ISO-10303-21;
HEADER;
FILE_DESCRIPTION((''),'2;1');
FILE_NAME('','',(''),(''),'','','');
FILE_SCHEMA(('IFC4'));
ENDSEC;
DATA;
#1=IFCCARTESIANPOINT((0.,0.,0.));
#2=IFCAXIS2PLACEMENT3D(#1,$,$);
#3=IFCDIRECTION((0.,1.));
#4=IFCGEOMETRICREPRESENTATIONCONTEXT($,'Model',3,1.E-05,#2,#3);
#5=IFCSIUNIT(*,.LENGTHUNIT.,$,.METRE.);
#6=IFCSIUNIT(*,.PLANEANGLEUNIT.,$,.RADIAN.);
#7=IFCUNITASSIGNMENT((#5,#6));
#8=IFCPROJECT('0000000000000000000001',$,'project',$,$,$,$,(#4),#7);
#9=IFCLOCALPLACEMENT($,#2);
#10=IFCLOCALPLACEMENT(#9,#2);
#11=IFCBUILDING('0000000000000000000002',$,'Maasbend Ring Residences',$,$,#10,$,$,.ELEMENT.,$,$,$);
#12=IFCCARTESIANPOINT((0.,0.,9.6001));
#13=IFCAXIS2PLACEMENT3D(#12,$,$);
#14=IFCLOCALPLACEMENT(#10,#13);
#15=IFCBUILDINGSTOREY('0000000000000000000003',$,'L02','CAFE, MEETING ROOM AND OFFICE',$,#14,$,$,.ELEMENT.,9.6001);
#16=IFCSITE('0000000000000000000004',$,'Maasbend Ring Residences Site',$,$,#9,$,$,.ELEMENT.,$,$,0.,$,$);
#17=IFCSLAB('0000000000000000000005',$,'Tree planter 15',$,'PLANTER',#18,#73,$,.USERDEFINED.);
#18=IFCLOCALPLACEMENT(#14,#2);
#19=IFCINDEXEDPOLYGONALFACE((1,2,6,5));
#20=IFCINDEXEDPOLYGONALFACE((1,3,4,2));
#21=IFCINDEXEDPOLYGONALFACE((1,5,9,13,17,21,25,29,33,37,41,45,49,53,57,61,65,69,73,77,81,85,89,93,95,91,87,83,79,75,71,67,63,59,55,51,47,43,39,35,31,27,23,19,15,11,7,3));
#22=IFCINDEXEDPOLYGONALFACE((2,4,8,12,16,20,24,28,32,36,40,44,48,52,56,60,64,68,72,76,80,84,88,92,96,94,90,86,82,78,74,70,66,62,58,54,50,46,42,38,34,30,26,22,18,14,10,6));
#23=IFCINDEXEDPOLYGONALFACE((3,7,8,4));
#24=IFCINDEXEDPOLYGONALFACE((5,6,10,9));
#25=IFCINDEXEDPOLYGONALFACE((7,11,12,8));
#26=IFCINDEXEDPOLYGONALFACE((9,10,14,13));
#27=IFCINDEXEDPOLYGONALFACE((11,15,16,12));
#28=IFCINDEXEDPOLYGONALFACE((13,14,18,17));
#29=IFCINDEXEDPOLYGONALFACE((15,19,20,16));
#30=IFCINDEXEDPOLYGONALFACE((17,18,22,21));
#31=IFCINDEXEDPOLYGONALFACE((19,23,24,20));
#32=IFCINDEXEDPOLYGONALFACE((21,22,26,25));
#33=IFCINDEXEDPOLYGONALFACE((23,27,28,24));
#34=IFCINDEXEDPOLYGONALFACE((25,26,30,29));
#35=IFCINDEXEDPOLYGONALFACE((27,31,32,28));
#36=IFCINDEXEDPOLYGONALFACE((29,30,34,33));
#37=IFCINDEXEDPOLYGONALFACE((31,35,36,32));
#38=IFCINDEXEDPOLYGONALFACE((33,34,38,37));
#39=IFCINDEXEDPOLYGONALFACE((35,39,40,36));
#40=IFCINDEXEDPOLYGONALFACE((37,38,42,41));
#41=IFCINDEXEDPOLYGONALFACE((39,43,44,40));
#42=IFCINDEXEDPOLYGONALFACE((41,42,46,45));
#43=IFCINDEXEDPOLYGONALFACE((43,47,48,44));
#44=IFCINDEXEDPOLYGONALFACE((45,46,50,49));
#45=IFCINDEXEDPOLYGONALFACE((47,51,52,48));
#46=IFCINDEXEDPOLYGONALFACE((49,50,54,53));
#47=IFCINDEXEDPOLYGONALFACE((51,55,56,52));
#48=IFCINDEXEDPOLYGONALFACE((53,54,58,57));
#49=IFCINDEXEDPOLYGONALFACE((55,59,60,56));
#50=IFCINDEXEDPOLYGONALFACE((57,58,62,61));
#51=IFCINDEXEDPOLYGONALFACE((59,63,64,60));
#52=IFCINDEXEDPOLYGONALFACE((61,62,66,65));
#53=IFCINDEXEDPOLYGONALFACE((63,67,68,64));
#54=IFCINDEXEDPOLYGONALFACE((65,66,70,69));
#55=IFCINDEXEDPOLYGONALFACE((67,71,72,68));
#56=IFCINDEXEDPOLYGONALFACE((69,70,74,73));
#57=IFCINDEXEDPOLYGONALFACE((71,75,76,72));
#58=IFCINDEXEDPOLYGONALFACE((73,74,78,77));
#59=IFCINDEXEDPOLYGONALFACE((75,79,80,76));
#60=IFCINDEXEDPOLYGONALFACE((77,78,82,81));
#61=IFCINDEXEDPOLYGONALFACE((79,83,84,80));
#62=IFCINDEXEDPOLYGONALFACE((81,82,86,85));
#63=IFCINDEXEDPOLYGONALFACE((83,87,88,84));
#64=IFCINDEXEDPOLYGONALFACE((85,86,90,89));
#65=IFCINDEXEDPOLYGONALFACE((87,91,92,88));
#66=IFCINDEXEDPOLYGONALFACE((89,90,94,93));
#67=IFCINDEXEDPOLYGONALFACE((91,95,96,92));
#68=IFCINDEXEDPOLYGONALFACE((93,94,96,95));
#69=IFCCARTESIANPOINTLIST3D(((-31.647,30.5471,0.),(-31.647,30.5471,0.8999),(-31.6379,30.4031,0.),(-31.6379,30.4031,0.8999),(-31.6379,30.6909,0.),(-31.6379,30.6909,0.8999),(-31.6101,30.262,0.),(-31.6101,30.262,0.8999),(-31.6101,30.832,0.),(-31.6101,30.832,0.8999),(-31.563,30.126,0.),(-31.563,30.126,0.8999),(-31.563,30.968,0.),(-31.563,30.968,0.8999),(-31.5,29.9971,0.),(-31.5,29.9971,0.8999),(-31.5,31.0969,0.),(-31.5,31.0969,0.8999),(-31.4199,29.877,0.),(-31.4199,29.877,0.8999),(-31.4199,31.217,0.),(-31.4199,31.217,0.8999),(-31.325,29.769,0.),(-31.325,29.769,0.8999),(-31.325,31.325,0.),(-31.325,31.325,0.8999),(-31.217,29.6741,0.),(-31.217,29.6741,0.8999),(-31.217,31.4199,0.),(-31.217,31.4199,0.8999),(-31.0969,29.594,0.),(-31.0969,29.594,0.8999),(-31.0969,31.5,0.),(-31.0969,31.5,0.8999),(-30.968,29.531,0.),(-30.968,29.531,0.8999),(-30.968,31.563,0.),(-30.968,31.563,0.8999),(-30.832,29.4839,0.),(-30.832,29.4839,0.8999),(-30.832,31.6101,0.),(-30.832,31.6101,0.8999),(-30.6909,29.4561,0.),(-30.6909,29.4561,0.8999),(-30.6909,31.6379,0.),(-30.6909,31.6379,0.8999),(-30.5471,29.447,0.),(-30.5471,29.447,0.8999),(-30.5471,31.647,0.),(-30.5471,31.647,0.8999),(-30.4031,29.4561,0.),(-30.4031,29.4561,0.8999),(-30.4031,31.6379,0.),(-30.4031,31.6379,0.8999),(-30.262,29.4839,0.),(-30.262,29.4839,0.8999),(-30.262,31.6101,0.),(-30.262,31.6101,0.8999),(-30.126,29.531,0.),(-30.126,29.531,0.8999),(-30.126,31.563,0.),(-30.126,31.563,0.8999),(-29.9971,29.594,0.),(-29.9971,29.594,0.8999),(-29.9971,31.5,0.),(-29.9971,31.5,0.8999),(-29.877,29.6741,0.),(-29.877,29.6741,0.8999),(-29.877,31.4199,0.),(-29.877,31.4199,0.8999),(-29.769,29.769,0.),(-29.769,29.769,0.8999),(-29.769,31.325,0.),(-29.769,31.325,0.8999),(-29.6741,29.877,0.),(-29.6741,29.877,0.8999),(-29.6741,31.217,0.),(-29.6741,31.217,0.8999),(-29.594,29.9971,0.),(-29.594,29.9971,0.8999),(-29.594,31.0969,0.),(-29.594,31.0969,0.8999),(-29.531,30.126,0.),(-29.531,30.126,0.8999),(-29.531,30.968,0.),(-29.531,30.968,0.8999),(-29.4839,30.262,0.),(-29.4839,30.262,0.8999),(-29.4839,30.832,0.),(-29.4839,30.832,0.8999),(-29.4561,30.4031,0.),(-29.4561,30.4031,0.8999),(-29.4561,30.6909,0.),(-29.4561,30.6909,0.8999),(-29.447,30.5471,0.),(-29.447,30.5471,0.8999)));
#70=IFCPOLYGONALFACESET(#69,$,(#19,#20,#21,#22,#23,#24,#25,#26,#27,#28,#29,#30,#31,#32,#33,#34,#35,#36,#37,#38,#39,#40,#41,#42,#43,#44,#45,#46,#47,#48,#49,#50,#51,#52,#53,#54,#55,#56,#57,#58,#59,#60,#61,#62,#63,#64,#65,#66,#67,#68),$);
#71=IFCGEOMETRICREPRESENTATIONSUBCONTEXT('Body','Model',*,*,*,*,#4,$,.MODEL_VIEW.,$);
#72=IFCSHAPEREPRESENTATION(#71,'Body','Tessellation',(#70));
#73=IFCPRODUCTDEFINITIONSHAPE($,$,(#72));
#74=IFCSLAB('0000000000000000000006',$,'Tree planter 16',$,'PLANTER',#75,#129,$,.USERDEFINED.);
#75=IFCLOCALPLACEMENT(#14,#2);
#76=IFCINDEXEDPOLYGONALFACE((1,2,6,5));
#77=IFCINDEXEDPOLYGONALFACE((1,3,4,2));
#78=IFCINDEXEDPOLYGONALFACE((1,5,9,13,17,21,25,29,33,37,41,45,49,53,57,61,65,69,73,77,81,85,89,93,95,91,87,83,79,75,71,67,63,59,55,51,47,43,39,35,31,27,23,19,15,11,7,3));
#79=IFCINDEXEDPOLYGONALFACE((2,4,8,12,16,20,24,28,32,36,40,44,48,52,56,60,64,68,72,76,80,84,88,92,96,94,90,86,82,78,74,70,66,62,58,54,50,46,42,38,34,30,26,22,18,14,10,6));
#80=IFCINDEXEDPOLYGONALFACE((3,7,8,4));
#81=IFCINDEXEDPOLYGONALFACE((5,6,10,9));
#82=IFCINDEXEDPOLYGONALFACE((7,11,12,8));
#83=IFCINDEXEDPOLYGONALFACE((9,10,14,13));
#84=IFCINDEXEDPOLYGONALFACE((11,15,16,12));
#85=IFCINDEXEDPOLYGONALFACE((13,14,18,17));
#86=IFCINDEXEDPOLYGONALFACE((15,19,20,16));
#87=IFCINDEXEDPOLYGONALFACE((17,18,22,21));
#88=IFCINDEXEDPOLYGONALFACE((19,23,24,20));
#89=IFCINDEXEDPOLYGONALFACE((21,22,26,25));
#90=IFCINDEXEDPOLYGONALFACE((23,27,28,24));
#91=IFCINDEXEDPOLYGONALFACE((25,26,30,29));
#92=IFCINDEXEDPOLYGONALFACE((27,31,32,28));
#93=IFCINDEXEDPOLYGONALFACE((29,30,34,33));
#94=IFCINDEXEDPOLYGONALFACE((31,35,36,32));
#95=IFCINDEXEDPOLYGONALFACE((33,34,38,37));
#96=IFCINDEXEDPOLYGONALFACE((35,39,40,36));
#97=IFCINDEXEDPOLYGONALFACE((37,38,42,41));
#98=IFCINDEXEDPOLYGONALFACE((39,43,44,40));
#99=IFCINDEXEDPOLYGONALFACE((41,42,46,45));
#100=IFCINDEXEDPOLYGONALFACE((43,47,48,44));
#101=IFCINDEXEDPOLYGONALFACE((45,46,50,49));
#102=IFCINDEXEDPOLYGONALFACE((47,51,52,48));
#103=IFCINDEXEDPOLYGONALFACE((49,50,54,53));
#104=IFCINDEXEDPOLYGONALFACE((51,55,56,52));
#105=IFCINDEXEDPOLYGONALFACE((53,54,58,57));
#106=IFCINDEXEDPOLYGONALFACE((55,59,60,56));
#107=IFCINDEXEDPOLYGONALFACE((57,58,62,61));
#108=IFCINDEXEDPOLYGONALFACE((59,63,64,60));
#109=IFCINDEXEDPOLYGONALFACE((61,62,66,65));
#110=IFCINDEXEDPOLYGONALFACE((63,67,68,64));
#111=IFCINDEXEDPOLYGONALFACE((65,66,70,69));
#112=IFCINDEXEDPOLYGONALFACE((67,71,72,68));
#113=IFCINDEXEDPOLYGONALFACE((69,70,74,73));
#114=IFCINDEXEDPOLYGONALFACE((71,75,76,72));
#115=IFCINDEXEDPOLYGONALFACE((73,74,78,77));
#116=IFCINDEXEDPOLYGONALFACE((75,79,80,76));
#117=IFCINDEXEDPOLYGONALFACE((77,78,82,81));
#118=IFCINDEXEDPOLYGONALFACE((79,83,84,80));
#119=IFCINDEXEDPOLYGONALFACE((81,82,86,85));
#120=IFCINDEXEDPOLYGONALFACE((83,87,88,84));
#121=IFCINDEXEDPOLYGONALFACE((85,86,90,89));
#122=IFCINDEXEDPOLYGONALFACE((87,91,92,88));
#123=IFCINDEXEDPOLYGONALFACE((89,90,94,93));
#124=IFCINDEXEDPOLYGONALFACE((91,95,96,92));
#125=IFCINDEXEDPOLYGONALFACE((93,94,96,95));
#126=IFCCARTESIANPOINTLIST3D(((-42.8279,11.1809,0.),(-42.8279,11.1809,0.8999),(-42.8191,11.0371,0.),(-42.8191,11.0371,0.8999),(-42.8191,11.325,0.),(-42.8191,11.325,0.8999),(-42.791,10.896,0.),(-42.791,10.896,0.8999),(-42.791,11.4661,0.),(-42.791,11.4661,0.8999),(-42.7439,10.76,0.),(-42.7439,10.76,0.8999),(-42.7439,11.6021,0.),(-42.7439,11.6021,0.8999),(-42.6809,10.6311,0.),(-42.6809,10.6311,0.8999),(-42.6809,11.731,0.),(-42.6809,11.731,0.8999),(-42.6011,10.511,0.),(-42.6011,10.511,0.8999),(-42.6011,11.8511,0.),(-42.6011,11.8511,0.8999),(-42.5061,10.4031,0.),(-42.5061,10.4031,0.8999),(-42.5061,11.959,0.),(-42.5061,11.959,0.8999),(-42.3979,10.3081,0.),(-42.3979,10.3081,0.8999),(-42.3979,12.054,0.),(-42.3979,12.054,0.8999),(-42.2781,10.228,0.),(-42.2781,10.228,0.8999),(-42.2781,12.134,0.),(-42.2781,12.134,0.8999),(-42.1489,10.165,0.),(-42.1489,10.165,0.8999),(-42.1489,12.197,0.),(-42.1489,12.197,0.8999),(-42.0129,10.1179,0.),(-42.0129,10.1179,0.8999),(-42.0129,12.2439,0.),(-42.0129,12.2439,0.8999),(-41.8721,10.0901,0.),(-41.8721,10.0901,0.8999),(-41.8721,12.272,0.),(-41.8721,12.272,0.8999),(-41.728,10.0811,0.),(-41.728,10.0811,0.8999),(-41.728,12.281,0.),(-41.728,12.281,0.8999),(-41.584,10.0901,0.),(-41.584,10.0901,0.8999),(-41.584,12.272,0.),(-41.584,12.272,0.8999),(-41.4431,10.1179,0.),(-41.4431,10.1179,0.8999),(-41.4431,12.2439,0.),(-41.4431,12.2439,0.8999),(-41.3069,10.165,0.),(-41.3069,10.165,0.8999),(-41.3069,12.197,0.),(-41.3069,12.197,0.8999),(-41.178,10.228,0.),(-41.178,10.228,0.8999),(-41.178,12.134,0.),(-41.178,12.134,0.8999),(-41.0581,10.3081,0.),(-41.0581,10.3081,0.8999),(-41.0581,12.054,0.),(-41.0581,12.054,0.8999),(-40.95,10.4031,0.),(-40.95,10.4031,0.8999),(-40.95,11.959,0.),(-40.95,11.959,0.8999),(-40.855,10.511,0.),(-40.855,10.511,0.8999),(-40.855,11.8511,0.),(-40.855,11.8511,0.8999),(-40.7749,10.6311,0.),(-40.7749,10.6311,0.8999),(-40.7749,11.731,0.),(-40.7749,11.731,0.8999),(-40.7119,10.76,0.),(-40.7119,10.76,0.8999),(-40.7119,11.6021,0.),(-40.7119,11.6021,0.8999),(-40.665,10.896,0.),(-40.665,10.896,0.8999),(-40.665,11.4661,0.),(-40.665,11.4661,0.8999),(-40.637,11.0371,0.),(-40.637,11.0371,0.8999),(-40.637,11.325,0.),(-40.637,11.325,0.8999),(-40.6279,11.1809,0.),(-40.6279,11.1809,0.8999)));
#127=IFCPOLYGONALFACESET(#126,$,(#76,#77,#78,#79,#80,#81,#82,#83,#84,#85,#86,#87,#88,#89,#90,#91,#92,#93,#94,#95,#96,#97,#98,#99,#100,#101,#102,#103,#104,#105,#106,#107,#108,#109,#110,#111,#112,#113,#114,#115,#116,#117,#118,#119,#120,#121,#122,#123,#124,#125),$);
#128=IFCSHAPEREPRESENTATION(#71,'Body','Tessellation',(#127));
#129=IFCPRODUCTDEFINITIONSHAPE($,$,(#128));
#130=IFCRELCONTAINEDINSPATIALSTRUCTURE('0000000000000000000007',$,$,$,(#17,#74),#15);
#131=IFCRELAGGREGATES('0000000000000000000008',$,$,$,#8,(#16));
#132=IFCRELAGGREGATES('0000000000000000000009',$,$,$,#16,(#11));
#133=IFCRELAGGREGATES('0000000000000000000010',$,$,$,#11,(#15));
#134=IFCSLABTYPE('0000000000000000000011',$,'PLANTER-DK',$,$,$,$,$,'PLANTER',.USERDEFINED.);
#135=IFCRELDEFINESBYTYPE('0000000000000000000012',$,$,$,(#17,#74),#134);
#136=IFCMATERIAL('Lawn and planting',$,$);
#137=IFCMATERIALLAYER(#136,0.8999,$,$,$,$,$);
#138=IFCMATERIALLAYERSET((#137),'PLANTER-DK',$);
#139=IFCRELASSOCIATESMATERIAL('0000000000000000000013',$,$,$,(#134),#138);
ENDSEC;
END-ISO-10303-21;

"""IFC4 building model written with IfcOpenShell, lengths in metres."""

from ifc_helpers import new_model, si_unit, direction, frame, origin, place, context, subcontext, project, spatial, polyline, outline, extrude, material, layer, layer_set, type_object, element, save


model = new_model("IFC4")

# Units and contexts
model_context = context("Model", 3, precision=1e-05, world=origin(), true_north=direction((0.0, 1.0)))
body_context = subcontext(model_context, "Body", "Model", "MODEL_VIEW")
ifc_project = project(units=[si_unit("LENGTHUNIT", "METRE"), si_unit("PLANEANGLEUNIT", "RADIAN")], contexts=[model_context])

# Site, building, storey
site_placement = place(None, origin())
site = spatial("IfcSite", under=ifc_project, at=site_placement, Name="Maasbend Ring Residences Site", CompositionType="ELEMENT", RefElevation=0.0)
building_placement = place(site_placement, origin())
building = spatial("IfcBuilding", under=site, at=building_placement, Name="Maasbend Ring Residences", CompositionType="ELEMENT")
storey_placement = place(building_placement, frame((0.0, 0.0, 9.6001)))
storey = spatial("IfcBuildingStorey", under=building, at=storey_placement, Name="L02", Description="CAFE, MEETING ROOM AND OFFICE", CompositionType="ELEMENT", Elevation=9.6001)

# Slabs
ifc_material_1 = material(Name="Lawn and planting")
ifc_layer_1 = layer(ifc_material_1, 0.8999)
ifc_layer_set_1 = layer_set([ifc_layer_1], Name="PLANTER-DK")
slab_type_1 = type_object("IfcSlabType", Name="PLANTER-DK", ElementType="PLANTER", PredefinedType="USERDEFINED", material=ifc_layer_set_1)
slab_1_placement = place(storey_placement, origin())
element("IfcSlab", 1, at=slab_1_placement, inside=storey, type_object=slab_type_1, Name="Tree planter 15", ObjectType="PLANTER", PredefinedType="USERDEFINED", context=body_context, shape_type="SweptSolid", body=[
    extrude(outline(polyline([(-29.447, 30.5471), (-29.4561, 30.4031), (-29.4839, 30.262), (-29.531, 30.126), (-29.594, 29.9971), (-29.6741, 29.877), (-29.769, 29.769), (-29.877, 29.6741), (-29.9971, 29.594), (-30.126, 29.531), (-30.262, 29.4839), (-30.4031, 29.4561), (-30.5471, 29.447), (-30.6909, 29.4561), (-30.832, 29.4839), (-30.968, 29.531), (-31.0969, 29.594), (-31.217, 29.6741), (-31.325, 29.769), (-31.4199, 29.877), (-31.5, 29.9971), (-31.563, 30.126), (-31.6101, 30.262), (-31.6379, 30.4031), (-31.647, 30.5471), (-31.6379, 30.6909), (-31.6101, 30.832), (-31.563, 30.968), (-31.5, 31.0969), (-31.4199, 31.217), (-31.325, 31.325), (-31.217, 31.4199), (-31.0969, 31.5), (-30.968, 31.563), (-30.832, 31.6101), (-30.6909, 31.6379), (-30.5471, 31.647), (-30.4031, 31.6379), (-30.262, 31.6101), (-30.126, 31.563), (-29.9971, 31.5), (-29.877, 31.4199), (-29.769, 31.325), (-29.6741, 31.217), (-29.594, 31.0969), (-29.531, 30.968), (-29.4839, 30.832), (-29.4561, 30.6909), (-29.447, 30.5471)])), origin(), (0.0, 0.0, 1.0), 0.8999),
])
slab_2_placement = place(storey_placement, origin())
element("IfcSlab", 2, at=slab_2_placement, inside=storey, type_object=slab_type_1, Name="Tree planter 16", ObjectType="PLANTER", PredefinedType="USERDEFINED", context=body_context, shape_type="SweptSolid", body=[
    extrude(outline(polyline([(-40.6279, 11.1809), (-40.637, 11.0371), (-40.665, 10.896), (-40.7119, 10.76), (-40.7749, 10.6311), (-40.855, 10.511), (-40.95, 10.4031), (-41.0581, 10.3081), (-41.178, 10.228), (-41.3069, 10.165), (-41.4431, 10.1179), (-41.584, 10.0901), (-41.728, 10.0811), (-41.8721, 10.0901), (-42.0129, 10.1179), (-42.1489, 10.165), (-42.2781, 10.228), (-42.3979, 10.3081), (-42.5061, 10.4031), (-42.6011, 10.511), (-42.6809, 10.6311), (-42.7439, 10.76), (-42.791, 10.896), (-42.8191, 11.0371), (-42.8279, 11.1809), (-42.8191, 11.325), (-42.791, 11.4661), (-42.7439, 11.6021), (-42.6809, 11.731), (-42.6011, 11.8511), (-42.5061, 11.959), (-42.3979, 12.054), (-42.2781, 12.134), (-42.1489, 12.197), (-42.0129, 12.2439), (-41.8721, 12.272), (-41.728, 12.281), (-41.584, 12.272), (-41.4431, 12.2439), (-41.3069, 12.197), (-41.178, 12.134), (-41.0581, 12.054), (-40.95, 11.959), (-40.855, 11.8511), (-40.7749, 11.731), (-40.7119, 11.6021), (-40.665, 11.4661), (-40.637, 11.325), (-40.6279, 11.1809)])), origin(), (0.0, 0.0, 1.0), 0.8999),
])

save(model, "model.ifc")
